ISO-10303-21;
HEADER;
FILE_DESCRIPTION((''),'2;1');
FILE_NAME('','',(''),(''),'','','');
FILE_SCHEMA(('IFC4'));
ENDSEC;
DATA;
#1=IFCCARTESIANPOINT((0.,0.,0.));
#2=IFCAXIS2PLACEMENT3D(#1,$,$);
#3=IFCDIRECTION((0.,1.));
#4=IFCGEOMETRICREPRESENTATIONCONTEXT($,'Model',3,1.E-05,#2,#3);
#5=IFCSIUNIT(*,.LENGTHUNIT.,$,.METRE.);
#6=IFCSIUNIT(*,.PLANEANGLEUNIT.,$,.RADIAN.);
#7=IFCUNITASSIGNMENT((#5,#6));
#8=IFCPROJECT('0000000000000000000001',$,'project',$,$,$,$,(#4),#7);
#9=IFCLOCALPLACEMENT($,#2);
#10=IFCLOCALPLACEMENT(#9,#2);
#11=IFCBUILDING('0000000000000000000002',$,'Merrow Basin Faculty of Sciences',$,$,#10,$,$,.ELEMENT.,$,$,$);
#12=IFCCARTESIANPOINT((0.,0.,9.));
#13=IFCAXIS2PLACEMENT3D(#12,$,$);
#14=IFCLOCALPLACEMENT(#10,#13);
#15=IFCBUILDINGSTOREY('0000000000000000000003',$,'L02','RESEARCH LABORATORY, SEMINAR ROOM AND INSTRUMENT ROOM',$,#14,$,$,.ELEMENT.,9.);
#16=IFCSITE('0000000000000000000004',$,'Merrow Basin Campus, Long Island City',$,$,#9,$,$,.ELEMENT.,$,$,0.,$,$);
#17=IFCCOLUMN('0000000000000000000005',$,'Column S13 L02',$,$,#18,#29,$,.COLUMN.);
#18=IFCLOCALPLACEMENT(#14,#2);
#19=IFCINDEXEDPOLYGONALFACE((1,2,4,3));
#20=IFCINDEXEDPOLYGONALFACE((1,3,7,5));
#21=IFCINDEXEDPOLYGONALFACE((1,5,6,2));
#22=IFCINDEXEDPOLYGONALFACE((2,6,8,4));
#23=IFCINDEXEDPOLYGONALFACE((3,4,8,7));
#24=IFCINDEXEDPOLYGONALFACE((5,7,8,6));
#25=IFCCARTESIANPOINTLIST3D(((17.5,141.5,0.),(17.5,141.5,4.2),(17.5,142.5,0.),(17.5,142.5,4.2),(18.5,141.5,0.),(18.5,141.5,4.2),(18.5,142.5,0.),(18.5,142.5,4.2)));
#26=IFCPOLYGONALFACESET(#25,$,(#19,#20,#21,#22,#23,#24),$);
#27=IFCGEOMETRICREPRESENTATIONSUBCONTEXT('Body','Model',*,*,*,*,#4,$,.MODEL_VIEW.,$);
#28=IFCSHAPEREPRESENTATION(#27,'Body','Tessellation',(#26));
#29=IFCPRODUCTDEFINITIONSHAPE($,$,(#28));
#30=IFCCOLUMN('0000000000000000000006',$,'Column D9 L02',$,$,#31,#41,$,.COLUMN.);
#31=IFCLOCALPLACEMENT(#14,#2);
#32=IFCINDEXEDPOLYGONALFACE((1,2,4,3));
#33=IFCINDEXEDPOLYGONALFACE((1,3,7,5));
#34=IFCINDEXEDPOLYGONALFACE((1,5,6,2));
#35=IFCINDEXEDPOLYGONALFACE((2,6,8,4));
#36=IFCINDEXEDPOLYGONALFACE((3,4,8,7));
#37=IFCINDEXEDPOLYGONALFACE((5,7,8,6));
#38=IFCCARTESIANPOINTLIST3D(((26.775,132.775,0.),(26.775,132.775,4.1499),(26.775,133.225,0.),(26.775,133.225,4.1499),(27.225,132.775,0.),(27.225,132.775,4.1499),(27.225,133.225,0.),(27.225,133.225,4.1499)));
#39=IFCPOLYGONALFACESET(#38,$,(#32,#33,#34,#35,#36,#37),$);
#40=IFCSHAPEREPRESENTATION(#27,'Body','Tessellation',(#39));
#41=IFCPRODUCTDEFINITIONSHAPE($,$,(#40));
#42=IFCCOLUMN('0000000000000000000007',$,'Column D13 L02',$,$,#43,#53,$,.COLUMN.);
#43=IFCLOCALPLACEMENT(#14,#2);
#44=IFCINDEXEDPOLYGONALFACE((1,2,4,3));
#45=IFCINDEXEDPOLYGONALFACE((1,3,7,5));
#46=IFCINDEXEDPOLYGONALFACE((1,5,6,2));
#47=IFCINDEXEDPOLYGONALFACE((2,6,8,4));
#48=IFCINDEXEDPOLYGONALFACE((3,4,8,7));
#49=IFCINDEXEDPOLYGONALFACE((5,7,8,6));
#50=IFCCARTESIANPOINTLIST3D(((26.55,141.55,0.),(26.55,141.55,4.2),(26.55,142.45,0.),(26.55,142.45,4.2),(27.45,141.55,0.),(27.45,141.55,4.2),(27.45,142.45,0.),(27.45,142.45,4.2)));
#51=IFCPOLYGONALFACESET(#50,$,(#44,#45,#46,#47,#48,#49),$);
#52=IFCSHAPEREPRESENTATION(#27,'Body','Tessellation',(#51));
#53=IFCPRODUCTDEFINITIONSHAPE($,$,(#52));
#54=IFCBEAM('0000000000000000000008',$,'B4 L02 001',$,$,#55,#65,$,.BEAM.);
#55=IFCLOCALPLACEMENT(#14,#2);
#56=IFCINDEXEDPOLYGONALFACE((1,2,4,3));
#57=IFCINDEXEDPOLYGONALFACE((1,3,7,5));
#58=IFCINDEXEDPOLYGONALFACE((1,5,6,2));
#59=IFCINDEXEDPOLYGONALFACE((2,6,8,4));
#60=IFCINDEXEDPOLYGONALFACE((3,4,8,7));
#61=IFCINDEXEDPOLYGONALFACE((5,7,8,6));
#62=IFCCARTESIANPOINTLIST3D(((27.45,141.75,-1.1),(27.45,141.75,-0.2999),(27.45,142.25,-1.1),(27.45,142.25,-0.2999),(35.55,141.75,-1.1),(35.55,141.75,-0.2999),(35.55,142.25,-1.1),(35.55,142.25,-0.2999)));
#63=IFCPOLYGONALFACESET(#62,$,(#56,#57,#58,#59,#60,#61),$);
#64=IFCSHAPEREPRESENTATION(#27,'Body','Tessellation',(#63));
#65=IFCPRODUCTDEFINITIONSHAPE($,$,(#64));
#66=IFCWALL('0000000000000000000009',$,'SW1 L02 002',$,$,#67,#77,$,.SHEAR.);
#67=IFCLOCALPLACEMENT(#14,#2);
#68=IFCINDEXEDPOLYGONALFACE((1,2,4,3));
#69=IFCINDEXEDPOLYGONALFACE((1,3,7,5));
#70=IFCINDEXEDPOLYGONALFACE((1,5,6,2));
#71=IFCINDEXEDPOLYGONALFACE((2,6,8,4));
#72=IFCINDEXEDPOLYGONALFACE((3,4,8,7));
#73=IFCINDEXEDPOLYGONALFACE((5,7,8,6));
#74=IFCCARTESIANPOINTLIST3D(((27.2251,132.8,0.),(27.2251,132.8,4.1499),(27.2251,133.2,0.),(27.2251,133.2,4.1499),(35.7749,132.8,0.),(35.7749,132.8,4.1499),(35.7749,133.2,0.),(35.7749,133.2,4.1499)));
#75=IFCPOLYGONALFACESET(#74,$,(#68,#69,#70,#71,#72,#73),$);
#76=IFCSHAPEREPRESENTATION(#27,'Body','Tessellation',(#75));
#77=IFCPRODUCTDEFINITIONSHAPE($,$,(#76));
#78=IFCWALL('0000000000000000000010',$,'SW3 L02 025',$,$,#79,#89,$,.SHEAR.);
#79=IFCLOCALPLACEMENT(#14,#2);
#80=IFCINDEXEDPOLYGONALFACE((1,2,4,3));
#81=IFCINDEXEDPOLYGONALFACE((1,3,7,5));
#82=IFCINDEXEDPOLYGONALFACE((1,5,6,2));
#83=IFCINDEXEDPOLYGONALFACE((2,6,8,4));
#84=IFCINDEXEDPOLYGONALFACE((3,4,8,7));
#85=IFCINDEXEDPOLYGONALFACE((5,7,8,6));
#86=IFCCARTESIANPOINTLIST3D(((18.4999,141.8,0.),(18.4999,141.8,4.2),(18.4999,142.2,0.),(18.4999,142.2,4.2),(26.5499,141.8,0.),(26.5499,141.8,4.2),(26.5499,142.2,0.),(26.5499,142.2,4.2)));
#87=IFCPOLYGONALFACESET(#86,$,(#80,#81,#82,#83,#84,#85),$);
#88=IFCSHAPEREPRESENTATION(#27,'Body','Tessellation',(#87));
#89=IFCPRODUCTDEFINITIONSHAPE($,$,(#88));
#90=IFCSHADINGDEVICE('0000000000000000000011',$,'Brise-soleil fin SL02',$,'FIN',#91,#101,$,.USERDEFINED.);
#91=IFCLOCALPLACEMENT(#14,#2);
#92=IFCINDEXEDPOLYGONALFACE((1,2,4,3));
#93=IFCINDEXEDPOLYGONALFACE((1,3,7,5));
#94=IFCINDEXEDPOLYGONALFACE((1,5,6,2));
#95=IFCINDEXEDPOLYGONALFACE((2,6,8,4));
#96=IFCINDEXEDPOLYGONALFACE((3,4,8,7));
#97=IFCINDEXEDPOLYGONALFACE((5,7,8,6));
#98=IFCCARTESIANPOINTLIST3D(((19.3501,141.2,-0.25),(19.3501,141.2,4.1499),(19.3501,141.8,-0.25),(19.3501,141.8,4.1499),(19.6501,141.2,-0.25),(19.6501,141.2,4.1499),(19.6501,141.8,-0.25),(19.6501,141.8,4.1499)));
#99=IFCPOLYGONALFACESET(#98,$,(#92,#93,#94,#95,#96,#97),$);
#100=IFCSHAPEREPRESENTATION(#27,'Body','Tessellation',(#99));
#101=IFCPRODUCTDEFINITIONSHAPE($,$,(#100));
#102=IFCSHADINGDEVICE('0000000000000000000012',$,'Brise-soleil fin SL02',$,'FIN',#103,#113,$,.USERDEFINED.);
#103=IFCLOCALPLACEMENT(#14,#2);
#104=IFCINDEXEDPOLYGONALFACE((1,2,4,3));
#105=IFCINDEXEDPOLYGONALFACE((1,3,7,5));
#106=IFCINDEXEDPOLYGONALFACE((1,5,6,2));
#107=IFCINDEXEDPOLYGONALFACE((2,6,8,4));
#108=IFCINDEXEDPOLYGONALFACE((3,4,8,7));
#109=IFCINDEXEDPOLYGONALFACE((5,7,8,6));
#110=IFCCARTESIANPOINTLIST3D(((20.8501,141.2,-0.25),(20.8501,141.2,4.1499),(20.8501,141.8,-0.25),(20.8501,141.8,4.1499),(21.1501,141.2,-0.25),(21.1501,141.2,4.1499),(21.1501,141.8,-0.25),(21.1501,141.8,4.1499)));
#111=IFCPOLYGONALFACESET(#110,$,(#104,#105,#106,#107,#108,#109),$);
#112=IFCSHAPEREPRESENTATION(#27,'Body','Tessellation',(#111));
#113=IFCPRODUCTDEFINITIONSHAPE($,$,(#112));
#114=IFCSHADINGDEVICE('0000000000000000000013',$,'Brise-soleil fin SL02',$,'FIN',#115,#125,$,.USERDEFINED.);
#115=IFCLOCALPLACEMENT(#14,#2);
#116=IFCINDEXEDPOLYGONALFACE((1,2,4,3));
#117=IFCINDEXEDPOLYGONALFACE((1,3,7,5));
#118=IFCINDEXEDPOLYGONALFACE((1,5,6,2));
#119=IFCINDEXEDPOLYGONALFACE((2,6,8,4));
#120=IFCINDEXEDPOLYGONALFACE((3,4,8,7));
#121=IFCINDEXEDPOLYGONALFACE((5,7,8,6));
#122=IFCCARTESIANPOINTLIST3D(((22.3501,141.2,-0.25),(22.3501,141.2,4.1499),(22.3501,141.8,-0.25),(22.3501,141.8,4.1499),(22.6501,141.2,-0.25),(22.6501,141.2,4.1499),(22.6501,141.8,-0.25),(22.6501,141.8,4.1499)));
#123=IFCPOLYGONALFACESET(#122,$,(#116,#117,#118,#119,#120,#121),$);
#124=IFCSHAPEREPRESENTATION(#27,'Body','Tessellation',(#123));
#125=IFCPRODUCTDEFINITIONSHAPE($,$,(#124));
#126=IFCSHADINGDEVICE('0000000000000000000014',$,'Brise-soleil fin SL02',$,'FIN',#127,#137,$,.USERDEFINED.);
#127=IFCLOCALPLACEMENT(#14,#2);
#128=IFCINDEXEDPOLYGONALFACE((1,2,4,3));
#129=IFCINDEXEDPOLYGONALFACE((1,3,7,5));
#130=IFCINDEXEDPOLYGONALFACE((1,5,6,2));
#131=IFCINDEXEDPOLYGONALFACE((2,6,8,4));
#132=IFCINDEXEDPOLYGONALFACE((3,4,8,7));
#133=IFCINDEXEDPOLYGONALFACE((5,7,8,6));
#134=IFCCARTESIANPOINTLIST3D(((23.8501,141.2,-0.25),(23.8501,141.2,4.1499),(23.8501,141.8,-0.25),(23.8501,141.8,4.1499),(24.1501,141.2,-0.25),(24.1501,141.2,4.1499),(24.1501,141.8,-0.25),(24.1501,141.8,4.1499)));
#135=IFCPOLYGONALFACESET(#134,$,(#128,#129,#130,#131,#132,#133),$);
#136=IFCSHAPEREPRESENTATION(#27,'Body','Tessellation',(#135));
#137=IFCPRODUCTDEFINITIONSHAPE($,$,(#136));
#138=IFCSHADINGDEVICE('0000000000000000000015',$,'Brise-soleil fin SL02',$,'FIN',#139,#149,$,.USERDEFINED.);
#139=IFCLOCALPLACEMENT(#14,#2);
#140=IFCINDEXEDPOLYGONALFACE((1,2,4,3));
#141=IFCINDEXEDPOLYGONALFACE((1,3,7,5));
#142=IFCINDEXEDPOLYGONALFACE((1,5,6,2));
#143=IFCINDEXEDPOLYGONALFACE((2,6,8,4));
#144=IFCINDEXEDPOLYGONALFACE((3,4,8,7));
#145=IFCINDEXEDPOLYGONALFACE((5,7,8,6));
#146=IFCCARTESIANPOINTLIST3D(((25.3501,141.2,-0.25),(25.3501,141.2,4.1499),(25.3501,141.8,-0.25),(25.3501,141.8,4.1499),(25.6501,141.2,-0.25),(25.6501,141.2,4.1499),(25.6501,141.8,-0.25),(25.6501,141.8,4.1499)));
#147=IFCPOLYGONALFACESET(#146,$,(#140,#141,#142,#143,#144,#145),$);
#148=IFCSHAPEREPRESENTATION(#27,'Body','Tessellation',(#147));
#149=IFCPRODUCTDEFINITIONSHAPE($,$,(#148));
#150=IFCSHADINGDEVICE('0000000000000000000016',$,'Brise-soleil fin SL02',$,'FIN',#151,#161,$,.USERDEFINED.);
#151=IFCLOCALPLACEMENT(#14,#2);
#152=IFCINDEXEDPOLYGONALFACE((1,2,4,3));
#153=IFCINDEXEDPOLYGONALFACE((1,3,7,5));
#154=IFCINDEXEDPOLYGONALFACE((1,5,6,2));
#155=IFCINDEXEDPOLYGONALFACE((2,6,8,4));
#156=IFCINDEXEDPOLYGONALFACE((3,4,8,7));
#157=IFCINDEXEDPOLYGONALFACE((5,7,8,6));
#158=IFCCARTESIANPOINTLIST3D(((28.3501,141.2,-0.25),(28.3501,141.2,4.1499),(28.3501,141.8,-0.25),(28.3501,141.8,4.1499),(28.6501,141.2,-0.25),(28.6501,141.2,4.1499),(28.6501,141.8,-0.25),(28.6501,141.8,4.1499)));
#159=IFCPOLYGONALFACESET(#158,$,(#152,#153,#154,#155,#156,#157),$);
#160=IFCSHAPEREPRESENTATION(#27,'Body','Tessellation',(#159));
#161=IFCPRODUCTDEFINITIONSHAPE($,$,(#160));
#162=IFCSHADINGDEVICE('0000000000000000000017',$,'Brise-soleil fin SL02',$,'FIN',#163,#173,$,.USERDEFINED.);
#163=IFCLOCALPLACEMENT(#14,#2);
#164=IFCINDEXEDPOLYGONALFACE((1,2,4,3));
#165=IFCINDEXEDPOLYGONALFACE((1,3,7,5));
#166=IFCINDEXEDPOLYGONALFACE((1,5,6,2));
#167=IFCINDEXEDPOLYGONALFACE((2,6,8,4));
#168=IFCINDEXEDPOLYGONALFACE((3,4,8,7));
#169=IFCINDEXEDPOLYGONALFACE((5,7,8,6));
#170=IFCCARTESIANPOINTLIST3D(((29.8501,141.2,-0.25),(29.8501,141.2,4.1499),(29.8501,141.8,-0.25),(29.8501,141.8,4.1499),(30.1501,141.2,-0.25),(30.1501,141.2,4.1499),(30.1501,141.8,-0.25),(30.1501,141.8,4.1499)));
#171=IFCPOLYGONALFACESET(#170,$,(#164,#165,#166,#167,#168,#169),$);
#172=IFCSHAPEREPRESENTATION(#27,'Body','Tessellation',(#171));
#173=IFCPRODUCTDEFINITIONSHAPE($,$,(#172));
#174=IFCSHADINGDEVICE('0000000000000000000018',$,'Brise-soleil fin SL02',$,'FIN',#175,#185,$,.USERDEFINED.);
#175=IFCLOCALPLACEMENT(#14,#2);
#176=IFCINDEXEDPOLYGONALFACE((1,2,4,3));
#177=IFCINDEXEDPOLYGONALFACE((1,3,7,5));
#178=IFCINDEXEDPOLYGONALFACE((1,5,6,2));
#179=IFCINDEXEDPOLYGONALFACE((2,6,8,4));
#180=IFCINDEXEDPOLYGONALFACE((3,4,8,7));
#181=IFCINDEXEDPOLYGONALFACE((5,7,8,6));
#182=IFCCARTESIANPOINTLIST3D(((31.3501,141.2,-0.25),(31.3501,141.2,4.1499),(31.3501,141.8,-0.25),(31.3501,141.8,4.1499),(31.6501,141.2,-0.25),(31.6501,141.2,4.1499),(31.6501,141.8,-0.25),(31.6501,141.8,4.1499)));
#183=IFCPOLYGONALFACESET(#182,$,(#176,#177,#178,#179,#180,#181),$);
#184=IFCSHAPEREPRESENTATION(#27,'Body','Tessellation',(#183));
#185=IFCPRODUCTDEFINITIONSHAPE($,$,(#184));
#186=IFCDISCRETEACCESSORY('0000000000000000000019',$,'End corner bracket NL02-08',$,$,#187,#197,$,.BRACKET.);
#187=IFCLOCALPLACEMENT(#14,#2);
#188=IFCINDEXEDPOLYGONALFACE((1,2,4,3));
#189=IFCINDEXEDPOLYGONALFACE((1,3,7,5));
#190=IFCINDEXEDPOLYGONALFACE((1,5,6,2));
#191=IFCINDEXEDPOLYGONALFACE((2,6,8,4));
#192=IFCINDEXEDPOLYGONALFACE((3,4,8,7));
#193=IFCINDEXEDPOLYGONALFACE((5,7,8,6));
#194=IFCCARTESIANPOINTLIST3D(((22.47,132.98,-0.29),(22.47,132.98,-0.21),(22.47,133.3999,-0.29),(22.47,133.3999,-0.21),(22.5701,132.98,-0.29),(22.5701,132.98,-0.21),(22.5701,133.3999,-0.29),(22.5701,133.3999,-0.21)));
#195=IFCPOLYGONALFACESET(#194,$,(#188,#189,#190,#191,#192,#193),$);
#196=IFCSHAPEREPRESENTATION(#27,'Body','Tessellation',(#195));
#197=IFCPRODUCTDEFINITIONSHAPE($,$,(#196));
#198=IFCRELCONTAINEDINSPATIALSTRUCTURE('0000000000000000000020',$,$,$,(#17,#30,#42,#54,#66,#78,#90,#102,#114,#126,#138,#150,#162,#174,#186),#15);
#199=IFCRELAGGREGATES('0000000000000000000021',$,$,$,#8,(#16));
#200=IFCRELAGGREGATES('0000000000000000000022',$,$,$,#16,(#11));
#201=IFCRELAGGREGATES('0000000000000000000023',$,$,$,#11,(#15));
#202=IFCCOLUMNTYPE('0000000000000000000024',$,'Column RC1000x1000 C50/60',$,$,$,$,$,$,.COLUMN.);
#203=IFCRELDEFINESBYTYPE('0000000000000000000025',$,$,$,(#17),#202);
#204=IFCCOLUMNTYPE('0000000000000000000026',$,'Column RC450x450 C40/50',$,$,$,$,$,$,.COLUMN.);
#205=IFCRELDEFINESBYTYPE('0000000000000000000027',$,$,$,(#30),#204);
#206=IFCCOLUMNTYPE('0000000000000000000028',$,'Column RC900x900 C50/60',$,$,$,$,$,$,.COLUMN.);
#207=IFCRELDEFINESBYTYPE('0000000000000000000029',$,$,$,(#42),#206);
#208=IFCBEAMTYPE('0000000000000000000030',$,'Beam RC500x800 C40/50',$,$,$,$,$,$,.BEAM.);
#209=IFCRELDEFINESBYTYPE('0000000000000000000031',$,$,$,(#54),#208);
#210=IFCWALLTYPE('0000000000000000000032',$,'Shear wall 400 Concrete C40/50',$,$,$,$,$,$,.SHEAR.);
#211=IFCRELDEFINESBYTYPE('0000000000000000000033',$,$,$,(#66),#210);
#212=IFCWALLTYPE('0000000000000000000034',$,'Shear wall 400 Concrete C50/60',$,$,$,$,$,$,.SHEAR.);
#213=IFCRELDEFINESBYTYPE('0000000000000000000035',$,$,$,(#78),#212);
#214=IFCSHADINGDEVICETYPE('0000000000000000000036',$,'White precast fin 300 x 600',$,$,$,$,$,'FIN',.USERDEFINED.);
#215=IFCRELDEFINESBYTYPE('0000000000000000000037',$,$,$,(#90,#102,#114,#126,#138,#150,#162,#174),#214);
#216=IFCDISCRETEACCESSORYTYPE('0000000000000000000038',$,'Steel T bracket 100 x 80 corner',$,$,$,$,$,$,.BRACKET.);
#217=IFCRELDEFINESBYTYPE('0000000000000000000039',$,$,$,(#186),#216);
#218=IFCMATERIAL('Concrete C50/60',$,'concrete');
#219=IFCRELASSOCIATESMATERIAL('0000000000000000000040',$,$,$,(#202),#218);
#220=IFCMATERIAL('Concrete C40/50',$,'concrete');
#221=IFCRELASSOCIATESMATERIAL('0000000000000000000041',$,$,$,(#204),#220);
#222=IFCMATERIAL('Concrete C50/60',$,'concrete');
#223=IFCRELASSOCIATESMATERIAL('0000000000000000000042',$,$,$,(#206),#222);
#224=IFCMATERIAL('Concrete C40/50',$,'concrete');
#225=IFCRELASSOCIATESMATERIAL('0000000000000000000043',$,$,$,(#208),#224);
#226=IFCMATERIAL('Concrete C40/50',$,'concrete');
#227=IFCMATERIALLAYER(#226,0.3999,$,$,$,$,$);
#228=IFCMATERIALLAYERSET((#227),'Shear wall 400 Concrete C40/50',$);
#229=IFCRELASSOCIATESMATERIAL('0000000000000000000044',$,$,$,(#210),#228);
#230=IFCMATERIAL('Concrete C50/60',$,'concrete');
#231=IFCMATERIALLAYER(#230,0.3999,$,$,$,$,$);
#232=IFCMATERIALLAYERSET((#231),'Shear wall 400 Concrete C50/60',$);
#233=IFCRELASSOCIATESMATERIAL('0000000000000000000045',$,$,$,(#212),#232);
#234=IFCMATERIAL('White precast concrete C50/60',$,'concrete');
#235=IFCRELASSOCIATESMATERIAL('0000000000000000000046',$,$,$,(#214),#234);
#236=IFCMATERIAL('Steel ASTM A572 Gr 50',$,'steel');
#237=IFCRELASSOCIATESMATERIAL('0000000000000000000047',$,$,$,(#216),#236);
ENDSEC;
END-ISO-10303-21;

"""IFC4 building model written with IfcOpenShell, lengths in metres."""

from ifc_helpers import new_model, si_unit, direction, frame, frame_2d, origin, origin_2d, place, context, subcontext, project, spatial, polyline, rectangle, outline, extrude, source, transform, mapped, material, layer, layer_set, material_profile, profile_set, type_object, element, save


model = new_model("IFC4")

# Units and contexts
model_context = context("Model", 3, precision=1e-05, world=origin(), true_north=direction((0.0, 1.0)))
body_context = subcontext(model_context, "Body", "Model", "MODEL_VIEW")
ifc_project = project(units=[si_unit("LENGTHUNIT", "METRE"), si_unit("PLANEANGLEUNIT", "RADIAN")], contexts=[model_context])

# Site, building, storey
site_placement = place(None, origin())
site = spatial("IfcSite", under=ifc_project, at=site_placement, Name="Merrow Basin Campus, Long Island City", CompositionType="ELEMENT", RefElevation=0.0)
building_placement = place(site_placement, origin())
building = spatial("IfcBuilding", under=site, at=building_placement, Name="Merrow Basin Faculty of Sciences", CompositionType="ELEMENT")
storey_placement = place(building_placement, frame((0.0, 0.0, 9.0)))
storey = spatial("IfcBuildingStorey", under=building, at=storey_placement, Name="L02", Description="RESEARCH LABORATORY, SEMINAR ROOM AND INSTRUMENT ROOM", CompositionType="ELEMENT", Elevation=9.0)

# Columns
ifc_material_1 = material(Name="Concrete C50/60", Category="concrete")
ifc_material_profile_1 = material_profile(ifc_material_1, rectangle(XDim=1.0, YDim=1.0, at=origin_2d()))
ifc_profile_set_1 = profile_set([ifc_material_profile_1], Name="Concrete C50/60")
column_type_1 = type_object("IfcColumnType", Name="Column RC1000x1000 C50/60", PredefinedType="COLUMN", material=ifc_profile_set_1)
column_1_placement = place(storey_placement, frame((18.0, 142.0, 0.0), z_axis=(0.0, 0.0, 1.0), x_axis=(1.0, 0.0, 0.0)))
element("IfcColumn", 1, at=column_1_placement, inside=storey, type_object=column_type_1, Name="Column S13 L02", PredefinedType="COLUMN", context=body_context, shape_type="SweptSolid", body=[
    extrude(rectangle(XDim=1.0, YDim=1.0, at=origin_2d()), origin(), (0.0, 0.0, 1.0), 4.2),
])
ifc_material_2 = material(Name="Concrete C40/50", Category="concrete")
ifc_material_profile_2 = material_profile(ifc_material_2, rectangle(XDim=0.45, YDim=0.45, at=origin_2d()))
ifc_profile_set_2 = profile_set([ifc_material_profile_2], Name="Concrete C40/50")
column_type_2 = type_object("IfcColumnType", Name="Column RC450x450 C40/50", PredefinedType="COLUMN", material=ifc_profile_set_2)
column_2_placement = place(storey_placement, frame((27.0, 133.0, 0.0), z_axis=(0.0, 0.0, 1.0), x_axis=(1.0, 0.0, 0.0)))
element("IfcColumn", 2, at=column_2_placement, inside=storey, type_object=column_type_2, Name="Column D9 L02", PredefinedType="COLUMN", context=body_context, shape_type="SweptSolid", body=[
    extrude(rectangle(XDim=0.45, YDim=0.45, at=origin_2d()), origin(), (0.0, 0.0, 1.0), 4.1499),
])
ifc_material_3 = material(Name="Concrete C50/60", Category="concrete")
ifc_material_profile_3 = material_profile(ifc_material_3, rectangle(XDim=0.8999, YDim=0.8999, at=origin_2d()))
ifc_profile_set_3 = profile_set([ifc_material_profile_3], Name="Concrete C50/60")
column_type_3 = type_object("IfcColumnType", Name="Column RC900x900 C50/60", PredefinedType="COLUMN", material=ifc_profile_set_3)
column_3_placement = place(storey_placement, frame((27.0, 142.0, 0.0), z_axis=(0.0, 0.0, 1.0), x_axis=(1.0, 0.0, 0.0)))
element("IfcColumn", 3, at=column_3_placement, inside=storey, type_object=column_type_3, Name="Column D13 L02", PredefinedType="COLUMN", context=body_context, shape_type="SweptSolid", body=[
    extrude(rectangle(XDim=0.8999, YDim=0.8999, at=origin_2d()), origin(), (0.0, 0.0, 1.0), 4.2),
])

# Beam
ifc_material_4 = material(Name="Concrete C40/50", Category="concrete")
ifc_material_profile_4 = material_profile(ifc_material_4, rectangle(XDim=0.5, YDim=0.8, at=origin_2d()))
ifc_profile_set_4 = profile_set([ifc_material_profile_4], Name="Concrete C40/50")
beam_type = type_object("IfcBeamType", Name="Beam RC500x800 C40/50", PredefinedType="BEAM", material=ifc_profile_set_4)
beam_placement = place(storey_placement, frame((27.45, 142.0, -0.7), z_axis=(1.0, 0.0, 0.0), x_axis=(0.0, 1.0, 0.0)))
element("IfcBeam", 4, at=beam_placement, inside=storey, type_object=beam_type, Name="B4 L02 001", PredefinedType="BEAM", context=body_context, shape_type="SweptSolid", body=[
    extrude(rectangle(XDim=0.5, YDim=0.8, at=origin_2d()), origin(), (0.0, 0.0, 1.0), 8.1001),
])

# Walls
ifc_material_5 = material(Name="Concrete C40/50", Category="concrete")
ifc_layer_1 = layer(ifc_material_5, 0.3999)
ifc_layer_set_1 = layer_set([ifc_layer_1], Name="Shear wall 400 Concrete C40/50")
wall_type_1 = type_object("IfcWallType", Name="Shear wall 400 Concrete C40/50", PredefinedType="SHEAR", material=ifc_layer_set_1)
wall_1_placement = place(storey_placement, frame((27.2251, 133.0, 0.0), z_axis=(0.0, 0.0, 1.0), x_axis=(1.0, 0.0, 0.0)))
element("IfcWall", 5, at=wall_1_placement, inside=storey, type_object=wall_type_1, Name="SW1 L02 002", PredefinedType="SHEAR", context=body_context, shape_type="SweptSolid", body=[
    extrude(rectangle(XDim=8.5498, YDim=0.3999, at=frame_2d((4.2749, 0.0))), origin(), (0.0, 0.0, 1.0), 4.1499),
])
ifc_material_6 = material(Name="Concrete C50/60", Category="concrete")
ifc_layer_2 = layer(ifc_material_6, 0.3999)
ifc_layer_set_2 = layer_set([ifc_layer_2], Name="Shear wall 400 Concrete C50/60")
wall_type_2 = type_object("IfcWallType", Name="Shear wall 400 Concrete C50/60", PredefinedType="SHEAR", material=ifc_layer_set_2)
wall_2_placement = place(storey_placement, frame((18.5, 142.0, 0.0), z_axis=(0.0, 0.0, 1.0), x_axis=(1.0, 0.0, 0.0)))
element("IfcWall", 6, at=wall_2_placement, inside=storey, type_object=wall_type_2, Name="SW3 L02 025", PredefinedType="SHEAR", context=body_context, shape_type="SweptSolid", body=[
    extrude(rectangle(XDim=8.05, YDim=0.3999, at=frame_2d((4.0249, 0.0))), origin(), (0.0, 0.0, 1.0), 4.2),
])

# Shading devices
ifc_material_7 = material(Name="White precast concrete C50/60", Category="concrete")
shading_device_type = type_object("IfcShadingDeviceType", Name="White precast fin 300 x 600", ElementType="FIN", PredefinedType="USERDEFINED", material=ifc_material_7)
shared_shape_1 = source(origin(), body_context, "Body", "SweptSolid", [
    extrude(outline(polyline([(0.0, 0.0), (0.3, 0.0), (0.3, 4.3999), (0.0, 4.3999), (0.0, 0.0)])), origin(), (0.0, 0.0, 1.0), 0.6001),
])
for number, where, z_axis, x_axis, name in (
    (7, (19.3501, 141.8, -0.25), (0.0, -1.0, 0.0), (1.0, 0.0, 0.0), "Brise-soleil fin SL02"),
    (8, (20.8501, 141.8, -0.25), (0.0, -1.0, 0.0), (1.0, 0.0, 0.0), "Brise-soleil fin SL02"),
    (9, (22.3501, 141.8, -0.25), (0.0, -1.0, 0.0), (1.0, 0.0, 0.0), "Brise-soleil fin SL02"),
    (10, (23.8501, 141.8, -0.25), (0.0, -1.0, 0.0), (1.0, 0.0, 0.0), "Brise-soleil fin SL02"),
    (11, (25.3501, 141.8, -0.25), (0.0, -1.0, 0.0), (1.0, 0.0, 0.0), "Brise-soleil fin SL02"),
    (12, (28.3501, 141.8, -0.25), (0.0, -1.0, 0.0), (1.0, 0.0, 0.0), "Brise-soleil fin SL02"),
    (13, (29.8501, 141.8, -0.25), (0.0, -1.0, 0.0), (1.0, 0.0, 0.0), "Brise-soleil fin SL02"),
    (14, (31.3501, 141.8, -0.25), (0.0, -1.0, 0.0), (1.0, 0.0, 0.0), "Brise-soleil fin SL02"),
):
    element("IfcShadingDevice", number, at=place(storey_placement, frame(where, z_axis=z_axis, x_axis=x_axis)), inside=storey, type_object=shading_device_type, Name=name, ObjectType="FIN", PredefinedType="USERDEFINED", context=body_context, shape_type="MappedRepresentation", body=[
        mapped(shared_shape_1, transform((0.0, 0.0, 0.0), scale=1.0)),
    ])

# Discrete accessory
ifc_material_8 = material(Name="Steel ASTM A572 Gr 50", Category="steel")
discrete_accessory_type_1 = type_object("IfcDiscreteAccessoryType", Name="Steel T bracket 100 x 80 corner", PredefinedType="BRACKET", material=ifc_material_8)
shared_shape_2 = source(origin(), body_context, "Body", "SweptSolid", [
    extrude(outline(polyline([(0.0, 0.0), (0.1001, 0.0), (0.1001, 0.0801), (0.0, 0.0801), (0.0, 0.0)])), origin(), (0.0, 0.0, 1.0), 0.4199),
])
discrete_accessory_placement = place(storey_placement, frame((22.47, 133.3999, -0.29), z_axis=(0.0, -1.0, 0.0), x_axis=(1.0, 0.0, 0.0)))
element("IfcDiscreteAccessory", 15, at=discrete_accessory_placement, inside=storey, type_object=discrete_accessory_type_1, Name="End corner bracket NL02-08", PredefinedType="BRACKET", context=body_context, shape_type="MappedRepresentation", body=[
    mapped(shared_shape_2, transform((0.0, 0.0, 0.0), scale=1.0)),
])

save(model, "model.ifc")
